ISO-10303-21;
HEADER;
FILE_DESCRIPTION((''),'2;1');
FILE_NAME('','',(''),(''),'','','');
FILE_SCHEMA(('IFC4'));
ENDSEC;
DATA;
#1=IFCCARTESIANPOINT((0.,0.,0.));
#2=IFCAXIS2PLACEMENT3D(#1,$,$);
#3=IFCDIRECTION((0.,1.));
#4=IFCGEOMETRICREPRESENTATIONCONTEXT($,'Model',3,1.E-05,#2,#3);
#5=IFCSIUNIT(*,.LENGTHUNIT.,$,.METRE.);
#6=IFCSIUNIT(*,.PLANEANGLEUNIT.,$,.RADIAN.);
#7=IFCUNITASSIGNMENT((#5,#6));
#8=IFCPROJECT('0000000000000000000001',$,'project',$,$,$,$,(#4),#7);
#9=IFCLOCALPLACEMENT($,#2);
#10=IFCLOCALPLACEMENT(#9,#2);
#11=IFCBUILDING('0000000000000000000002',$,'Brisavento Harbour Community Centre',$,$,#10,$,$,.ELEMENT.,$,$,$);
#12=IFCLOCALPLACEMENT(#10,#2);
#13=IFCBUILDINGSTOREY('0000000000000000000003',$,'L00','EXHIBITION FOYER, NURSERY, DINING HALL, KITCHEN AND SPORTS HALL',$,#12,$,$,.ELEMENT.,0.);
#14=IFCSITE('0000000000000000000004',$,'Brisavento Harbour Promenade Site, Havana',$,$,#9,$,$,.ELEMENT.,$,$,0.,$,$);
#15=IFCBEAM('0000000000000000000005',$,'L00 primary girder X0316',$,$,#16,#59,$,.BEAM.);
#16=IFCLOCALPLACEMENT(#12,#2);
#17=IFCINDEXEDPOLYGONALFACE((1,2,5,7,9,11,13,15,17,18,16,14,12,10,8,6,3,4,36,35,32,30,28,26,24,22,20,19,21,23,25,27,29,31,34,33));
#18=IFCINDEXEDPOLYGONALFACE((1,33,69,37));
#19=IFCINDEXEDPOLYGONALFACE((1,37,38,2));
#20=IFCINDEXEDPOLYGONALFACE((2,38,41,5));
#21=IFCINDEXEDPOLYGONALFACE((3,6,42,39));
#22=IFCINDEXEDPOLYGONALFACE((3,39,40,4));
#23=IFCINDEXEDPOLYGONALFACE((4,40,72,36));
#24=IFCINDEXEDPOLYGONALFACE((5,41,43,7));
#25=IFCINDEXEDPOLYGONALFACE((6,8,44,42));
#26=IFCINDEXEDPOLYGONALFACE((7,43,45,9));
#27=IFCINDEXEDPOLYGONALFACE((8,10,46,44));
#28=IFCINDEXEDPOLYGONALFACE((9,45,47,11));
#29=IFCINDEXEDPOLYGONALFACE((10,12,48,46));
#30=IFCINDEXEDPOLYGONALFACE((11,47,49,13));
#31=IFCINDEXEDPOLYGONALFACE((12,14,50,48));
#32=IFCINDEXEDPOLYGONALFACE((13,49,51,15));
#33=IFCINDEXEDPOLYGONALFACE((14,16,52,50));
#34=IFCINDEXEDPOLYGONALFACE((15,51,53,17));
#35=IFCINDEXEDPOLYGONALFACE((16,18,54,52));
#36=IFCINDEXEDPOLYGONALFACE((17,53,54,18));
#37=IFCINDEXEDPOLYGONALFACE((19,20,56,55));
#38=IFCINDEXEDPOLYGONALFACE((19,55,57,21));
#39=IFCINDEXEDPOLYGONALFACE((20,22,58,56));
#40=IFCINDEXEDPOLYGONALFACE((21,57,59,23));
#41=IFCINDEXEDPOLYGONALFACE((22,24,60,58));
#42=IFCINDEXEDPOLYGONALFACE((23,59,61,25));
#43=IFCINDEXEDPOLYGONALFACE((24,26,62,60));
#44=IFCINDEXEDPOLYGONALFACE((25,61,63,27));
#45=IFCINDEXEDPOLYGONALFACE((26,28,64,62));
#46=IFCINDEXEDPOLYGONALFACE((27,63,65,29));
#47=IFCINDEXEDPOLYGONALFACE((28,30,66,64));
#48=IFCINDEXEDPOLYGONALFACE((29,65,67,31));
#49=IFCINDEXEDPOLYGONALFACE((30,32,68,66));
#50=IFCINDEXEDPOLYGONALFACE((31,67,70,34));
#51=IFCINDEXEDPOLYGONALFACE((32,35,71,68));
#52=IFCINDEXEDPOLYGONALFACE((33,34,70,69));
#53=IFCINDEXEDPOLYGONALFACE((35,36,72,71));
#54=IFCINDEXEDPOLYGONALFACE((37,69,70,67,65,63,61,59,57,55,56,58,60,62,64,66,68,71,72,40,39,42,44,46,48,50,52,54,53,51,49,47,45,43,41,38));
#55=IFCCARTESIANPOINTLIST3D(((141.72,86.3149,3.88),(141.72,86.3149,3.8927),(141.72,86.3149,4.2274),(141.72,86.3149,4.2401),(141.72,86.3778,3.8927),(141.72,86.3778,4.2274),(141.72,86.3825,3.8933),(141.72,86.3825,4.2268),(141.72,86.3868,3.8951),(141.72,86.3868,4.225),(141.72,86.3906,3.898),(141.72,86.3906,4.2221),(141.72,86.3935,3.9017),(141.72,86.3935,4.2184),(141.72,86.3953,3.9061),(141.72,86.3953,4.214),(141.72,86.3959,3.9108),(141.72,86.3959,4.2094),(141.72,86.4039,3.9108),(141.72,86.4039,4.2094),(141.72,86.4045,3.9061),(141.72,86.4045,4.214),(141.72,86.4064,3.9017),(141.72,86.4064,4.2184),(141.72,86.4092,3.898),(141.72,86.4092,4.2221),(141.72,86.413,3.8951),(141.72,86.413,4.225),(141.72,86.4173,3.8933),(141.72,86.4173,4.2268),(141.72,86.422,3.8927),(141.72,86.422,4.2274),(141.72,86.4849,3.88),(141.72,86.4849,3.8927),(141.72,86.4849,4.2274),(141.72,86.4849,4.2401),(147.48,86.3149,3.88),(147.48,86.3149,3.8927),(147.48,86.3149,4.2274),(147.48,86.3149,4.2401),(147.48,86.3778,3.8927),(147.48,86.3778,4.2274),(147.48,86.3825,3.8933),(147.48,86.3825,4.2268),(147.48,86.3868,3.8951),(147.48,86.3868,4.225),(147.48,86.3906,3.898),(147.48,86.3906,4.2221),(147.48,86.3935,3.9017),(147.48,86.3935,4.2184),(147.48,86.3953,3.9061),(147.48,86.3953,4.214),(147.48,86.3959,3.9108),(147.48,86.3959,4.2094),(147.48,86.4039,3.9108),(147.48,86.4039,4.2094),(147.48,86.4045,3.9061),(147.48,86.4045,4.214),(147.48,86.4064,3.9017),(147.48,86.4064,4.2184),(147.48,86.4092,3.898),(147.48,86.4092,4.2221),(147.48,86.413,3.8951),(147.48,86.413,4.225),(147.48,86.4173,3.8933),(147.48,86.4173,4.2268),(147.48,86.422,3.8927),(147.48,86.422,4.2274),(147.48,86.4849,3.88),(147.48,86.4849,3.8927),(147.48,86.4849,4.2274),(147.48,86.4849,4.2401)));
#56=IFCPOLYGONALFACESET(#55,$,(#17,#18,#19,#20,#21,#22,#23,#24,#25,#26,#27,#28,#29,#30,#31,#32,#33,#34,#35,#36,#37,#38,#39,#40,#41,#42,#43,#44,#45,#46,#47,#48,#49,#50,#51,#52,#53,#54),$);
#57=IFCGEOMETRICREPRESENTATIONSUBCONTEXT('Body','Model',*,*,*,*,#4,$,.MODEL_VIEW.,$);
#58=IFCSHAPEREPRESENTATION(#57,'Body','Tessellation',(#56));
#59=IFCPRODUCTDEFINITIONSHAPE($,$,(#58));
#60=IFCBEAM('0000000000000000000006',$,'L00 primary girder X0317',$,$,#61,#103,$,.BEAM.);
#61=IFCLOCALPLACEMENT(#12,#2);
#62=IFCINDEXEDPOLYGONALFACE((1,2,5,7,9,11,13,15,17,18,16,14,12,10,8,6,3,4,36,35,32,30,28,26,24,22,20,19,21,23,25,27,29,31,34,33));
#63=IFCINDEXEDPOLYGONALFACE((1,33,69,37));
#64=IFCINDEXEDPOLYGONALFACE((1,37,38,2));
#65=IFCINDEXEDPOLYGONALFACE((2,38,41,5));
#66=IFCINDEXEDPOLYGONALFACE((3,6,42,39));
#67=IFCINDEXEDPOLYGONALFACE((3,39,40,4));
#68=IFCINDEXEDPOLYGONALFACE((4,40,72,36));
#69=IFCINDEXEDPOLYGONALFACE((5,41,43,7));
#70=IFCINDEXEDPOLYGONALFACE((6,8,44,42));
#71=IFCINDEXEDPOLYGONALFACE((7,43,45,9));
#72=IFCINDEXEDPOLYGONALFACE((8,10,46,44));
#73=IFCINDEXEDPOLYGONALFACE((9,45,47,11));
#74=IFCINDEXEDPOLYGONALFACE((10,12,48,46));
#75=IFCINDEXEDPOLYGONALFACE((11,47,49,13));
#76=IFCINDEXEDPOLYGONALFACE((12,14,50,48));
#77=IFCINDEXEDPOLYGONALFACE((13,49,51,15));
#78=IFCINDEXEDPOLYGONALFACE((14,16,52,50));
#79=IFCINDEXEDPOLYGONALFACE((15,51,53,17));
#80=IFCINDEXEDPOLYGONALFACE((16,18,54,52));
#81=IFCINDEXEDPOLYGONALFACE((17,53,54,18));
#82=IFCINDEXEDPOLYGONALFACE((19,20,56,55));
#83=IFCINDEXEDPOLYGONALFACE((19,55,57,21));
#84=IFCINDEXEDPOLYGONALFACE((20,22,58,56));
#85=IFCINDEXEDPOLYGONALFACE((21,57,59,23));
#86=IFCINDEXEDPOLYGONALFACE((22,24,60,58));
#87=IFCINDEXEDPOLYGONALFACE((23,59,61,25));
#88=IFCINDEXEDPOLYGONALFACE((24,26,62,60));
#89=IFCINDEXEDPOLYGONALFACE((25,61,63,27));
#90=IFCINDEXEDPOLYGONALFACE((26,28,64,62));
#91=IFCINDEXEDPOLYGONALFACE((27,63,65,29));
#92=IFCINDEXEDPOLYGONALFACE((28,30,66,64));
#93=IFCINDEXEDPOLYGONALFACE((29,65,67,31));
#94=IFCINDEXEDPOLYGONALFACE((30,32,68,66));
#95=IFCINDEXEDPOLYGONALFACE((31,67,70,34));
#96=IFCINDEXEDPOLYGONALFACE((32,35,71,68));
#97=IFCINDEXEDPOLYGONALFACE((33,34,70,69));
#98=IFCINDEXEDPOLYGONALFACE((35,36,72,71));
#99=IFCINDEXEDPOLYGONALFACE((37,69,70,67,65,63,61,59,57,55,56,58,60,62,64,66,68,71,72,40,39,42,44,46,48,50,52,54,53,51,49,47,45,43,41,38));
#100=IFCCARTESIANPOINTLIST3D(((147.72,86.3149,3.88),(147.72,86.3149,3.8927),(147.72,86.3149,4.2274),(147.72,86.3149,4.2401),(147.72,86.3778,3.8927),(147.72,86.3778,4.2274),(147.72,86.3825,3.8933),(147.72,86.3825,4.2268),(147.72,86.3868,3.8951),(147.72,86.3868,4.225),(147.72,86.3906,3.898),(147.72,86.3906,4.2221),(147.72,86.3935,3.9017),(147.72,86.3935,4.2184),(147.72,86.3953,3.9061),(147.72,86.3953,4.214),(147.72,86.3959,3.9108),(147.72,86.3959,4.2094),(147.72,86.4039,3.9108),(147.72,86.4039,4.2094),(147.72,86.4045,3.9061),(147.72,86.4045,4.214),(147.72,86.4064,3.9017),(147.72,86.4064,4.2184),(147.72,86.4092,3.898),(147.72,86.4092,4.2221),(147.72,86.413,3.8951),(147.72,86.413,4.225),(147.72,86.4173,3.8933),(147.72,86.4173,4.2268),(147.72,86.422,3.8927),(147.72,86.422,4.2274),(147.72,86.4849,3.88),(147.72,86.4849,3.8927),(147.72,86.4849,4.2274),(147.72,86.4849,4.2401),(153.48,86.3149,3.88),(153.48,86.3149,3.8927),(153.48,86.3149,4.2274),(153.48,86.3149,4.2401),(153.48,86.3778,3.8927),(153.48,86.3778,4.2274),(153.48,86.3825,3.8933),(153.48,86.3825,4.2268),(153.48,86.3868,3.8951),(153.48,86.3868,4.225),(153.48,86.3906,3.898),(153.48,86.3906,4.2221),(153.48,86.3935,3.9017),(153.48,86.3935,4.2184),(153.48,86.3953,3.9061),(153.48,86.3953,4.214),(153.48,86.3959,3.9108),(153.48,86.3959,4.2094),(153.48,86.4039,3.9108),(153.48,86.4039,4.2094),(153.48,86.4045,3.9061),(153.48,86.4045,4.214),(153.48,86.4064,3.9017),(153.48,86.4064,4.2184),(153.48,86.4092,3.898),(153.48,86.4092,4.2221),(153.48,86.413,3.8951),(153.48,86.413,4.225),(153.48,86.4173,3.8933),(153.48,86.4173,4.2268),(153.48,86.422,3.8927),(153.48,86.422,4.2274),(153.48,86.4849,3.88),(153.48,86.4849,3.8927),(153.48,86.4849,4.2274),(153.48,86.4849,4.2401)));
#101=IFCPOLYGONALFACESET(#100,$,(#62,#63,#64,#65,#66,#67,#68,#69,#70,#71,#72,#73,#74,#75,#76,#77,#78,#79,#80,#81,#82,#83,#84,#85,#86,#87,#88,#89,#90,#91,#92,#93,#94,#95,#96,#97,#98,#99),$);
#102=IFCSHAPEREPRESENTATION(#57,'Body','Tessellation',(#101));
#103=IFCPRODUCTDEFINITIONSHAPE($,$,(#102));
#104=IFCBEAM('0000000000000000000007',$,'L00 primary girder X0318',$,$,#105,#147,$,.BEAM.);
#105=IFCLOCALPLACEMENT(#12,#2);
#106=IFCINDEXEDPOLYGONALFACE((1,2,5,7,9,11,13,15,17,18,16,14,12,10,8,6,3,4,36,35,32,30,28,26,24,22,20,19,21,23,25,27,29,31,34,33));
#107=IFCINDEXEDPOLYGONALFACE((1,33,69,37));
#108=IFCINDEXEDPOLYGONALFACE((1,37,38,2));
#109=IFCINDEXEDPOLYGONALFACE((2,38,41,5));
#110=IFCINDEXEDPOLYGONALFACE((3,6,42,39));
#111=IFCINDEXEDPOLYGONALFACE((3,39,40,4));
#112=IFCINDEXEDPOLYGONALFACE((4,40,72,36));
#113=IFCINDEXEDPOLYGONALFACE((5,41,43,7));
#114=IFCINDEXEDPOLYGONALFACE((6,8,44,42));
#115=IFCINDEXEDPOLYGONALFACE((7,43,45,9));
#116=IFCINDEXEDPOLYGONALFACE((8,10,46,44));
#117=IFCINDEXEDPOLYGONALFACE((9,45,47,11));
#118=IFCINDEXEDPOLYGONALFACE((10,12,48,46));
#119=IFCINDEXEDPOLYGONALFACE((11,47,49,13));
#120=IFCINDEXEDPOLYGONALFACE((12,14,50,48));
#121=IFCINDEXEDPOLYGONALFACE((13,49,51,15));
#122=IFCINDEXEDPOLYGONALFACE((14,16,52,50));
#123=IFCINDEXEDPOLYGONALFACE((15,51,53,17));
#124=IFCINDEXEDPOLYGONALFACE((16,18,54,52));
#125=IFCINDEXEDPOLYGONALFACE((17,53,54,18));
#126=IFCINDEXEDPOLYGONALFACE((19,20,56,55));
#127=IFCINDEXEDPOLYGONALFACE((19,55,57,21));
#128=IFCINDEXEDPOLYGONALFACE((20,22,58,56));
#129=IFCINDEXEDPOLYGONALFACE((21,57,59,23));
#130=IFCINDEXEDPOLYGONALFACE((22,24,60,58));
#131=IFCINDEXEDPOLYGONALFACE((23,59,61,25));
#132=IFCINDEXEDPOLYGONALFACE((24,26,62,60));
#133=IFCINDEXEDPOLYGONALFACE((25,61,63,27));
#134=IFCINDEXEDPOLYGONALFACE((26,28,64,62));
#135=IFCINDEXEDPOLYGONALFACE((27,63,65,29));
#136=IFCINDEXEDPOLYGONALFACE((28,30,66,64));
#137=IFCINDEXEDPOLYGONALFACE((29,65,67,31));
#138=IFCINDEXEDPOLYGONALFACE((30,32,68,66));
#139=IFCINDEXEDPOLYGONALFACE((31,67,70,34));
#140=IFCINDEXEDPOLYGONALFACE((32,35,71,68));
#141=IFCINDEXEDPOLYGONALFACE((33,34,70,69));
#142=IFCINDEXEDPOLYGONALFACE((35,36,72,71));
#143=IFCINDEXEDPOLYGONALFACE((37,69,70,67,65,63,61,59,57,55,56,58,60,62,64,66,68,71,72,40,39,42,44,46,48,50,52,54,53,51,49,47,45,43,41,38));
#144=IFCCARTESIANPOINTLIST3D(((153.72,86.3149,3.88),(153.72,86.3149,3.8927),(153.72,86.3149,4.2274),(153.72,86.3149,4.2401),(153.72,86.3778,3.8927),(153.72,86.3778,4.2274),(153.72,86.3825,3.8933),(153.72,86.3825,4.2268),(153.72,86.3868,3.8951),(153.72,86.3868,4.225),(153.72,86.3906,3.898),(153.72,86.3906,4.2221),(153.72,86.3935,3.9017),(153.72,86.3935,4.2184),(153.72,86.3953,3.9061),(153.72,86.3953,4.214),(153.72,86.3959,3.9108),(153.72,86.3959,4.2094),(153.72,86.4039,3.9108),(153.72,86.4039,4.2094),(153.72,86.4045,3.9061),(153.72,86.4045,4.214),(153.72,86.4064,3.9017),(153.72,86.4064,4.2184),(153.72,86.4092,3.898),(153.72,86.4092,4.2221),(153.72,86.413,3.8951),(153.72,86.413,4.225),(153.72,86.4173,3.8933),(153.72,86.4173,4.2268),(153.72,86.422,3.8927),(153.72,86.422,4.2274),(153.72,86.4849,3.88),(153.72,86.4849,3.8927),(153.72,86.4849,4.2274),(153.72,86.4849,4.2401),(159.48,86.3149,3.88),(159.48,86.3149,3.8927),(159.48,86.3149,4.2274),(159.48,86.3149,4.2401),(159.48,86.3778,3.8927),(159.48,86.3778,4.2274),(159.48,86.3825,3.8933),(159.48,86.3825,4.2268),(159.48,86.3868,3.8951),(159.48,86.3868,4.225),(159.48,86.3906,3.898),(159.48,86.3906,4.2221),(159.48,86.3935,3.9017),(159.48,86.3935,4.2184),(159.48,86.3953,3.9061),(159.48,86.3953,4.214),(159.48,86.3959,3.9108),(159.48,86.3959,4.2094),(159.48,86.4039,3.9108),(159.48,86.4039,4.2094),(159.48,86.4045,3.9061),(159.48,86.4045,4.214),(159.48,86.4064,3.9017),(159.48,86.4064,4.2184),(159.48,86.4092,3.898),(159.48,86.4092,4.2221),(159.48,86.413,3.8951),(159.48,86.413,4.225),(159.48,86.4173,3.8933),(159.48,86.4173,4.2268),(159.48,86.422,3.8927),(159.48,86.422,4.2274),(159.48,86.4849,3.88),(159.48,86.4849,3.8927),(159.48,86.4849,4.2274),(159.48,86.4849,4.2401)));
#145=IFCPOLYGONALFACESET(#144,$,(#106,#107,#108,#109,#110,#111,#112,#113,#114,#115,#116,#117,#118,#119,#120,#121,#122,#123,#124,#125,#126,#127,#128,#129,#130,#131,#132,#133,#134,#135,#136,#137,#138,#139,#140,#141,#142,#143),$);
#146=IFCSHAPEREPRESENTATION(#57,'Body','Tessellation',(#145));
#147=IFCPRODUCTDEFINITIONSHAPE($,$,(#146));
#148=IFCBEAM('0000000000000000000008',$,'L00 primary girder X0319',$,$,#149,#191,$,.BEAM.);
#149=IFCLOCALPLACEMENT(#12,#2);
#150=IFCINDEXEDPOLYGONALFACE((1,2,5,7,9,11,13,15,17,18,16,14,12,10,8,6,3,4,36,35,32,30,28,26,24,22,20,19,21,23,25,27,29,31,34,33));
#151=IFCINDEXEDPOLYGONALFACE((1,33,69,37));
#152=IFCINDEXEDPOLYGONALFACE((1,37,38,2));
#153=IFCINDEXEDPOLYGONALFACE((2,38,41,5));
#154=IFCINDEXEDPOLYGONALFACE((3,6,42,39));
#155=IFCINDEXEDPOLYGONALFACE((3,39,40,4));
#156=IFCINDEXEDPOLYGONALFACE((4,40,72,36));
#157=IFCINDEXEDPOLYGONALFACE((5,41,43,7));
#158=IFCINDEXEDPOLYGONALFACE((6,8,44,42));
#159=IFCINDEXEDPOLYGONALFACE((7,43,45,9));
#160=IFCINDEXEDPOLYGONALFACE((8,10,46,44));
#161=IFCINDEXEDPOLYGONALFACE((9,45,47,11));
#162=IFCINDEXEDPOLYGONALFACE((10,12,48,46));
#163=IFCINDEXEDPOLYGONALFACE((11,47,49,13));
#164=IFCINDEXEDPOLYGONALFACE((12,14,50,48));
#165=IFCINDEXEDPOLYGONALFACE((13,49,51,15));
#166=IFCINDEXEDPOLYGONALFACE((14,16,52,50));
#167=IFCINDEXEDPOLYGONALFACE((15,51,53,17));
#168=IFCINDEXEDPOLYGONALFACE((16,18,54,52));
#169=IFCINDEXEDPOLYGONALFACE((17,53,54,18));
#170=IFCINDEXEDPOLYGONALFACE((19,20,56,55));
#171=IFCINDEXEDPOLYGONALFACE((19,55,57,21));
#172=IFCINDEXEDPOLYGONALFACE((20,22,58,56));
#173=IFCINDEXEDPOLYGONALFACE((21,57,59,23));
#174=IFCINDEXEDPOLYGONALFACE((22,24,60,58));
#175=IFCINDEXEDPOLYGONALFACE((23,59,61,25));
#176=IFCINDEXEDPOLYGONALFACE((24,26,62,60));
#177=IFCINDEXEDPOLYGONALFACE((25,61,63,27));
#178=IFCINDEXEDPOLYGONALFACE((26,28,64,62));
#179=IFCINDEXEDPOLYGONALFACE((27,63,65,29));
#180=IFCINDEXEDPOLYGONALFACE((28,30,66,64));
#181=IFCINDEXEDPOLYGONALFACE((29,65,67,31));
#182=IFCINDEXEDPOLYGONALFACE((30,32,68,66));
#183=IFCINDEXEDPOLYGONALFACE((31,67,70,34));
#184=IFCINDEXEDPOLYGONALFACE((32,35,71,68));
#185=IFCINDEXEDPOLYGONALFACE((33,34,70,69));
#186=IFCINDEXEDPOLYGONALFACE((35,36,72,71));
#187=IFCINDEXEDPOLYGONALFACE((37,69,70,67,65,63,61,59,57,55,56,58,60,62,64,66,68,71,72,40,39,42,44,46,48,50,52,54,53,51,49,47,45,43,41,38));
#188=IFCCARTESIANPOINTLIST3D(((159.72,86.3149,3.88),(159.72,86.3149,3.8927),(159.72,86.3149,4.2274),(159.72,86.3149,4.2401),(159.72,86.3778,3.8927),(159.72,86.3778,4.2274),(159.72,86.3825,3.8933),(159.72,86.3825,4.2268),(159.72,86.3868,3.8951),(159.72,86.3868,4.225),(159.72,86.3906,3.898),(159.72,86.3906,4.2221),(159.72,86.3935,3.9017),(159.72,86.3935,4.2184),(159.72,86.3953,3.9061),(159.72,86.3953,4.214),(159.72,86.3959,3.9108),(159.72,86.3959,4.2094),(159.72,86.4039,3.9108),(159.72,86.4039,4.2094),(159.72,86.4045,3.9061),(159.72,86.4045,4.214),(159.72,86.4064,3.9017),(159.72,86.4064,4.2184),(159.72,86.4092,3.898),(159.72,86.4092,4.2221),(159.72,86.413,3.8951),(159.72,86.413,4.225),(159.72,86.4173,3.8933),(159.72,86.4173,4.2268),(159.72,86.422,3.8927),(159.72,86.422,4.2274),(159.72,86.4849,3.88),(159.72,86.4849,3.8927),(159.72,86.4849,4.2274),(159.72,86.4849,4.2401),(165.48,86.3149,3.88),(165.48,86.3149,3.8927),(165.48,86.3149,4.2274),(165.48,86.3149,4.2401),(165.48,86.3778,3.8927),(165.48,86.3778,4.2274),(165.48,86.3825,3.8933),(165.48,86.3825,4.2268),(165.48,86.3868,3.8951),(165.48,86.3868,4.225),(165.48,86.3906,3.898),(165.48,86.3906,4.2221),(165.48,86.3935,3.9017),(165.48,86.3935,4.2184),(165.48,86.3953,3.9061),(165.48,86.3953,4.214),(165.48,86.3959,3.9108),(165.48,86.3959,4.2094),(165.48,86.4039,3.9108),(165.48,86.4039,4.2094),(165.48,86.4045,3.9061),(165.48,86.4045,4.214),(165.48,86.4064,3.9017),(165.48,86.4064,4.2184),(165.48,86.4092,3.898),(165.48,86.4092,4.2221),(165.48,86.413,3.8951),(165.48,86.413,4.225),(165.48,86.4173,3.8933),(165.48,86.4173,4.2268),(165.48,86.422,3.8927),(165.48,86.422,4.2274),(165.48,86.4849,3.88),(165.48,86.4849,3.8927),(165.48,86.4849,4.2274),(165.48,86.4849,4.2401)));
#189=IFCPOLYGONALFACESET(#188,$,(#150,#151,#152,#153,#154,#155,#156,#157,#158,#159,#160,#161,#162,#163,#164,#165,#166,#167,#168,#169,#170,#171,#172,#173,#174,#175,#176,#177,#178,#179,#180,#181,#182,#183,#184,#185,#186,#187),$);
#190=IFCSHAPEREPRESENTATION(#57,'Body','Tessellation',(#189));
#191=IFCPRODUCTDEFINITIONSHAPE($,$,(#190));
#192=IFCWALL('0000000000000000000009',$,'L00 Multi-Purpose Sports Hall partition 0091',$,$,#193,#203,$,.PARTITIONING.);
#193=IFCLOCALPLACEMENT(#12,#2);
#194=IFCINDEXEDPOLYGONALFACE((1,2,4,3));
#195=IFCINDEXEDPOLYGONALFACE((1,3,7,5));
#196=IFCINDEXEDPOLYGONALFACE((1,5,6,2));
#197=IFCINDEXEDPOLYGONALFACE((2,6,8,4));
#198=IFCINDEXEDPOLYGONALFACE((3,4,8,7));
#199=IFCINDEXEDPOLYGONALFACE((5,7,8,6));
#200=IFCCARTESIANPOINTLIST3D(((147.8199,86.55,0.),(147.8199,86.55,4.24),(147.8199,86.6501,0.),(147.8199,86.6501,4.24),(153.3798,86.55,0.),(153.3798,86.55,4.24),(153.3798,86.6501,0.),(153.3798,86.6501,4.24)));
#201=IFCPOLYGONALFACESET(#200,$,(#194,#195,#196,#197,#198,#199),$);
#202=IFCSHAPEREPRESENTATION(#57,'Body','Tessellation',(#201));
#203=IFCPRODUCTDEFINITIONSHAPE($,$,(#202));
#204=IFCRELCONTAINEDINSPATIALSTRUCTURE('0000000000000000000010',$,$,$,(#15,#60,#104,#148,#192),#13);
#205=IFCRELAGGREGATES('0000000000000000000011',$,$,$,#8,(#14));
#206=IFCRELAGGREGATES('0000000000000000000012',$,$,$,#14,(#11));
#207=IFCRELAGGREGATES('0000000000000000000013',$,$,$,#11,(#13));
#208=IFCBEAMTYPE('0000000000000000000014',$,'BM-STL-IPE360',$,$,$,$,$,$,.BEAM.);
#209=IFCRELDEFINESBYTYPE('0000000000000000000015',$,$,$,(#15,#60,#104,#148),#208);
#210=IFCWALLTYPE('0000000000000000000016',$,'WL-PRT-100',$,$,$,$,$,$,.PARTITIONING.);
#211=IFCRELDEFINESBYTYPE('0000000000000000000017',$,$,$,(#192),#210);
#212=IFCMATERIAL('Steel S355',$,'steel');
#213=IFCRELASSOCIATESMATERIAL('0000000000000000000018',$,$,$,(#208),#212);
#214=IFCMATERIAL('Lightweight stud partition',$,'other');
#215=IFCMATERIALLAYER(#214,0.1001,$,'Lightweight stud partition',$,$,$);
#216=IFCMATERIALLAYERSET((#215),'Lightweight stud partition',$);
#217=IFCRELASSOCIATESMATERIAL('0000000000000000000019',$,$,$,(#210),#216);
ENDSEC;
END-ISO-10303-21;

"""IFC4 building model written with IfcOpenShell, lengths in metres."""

from ifc_helpers import new_model, si_unit, direction, frame, frame_2d, origin, origin_2d, place, context, subcontext, project, spatial, rectangle, i_section, extrude, material, layer, layer_set, material_profile, profile_set, type_object, element, save


model = new_model("IFC4")

# Units and contexts
model_context = context("Model", 3, precision=1e-05, world=origin(), true_north=direction((0.0, 1.0)))
body_context = subcontext(model_context, "Body", "Model", "MODEL_VIEW")
ifc_project = project(units=[si_unit("LENGTHUNIT", "METRE"), si_unit("PLANEANGLEUNIT", "RADIAN")], contexts=[model_context])

# Site, building, storey
site_placement = place(None, origin())
site = spatial("IfcSite", under=ifc_project, at=site_placement, Name="Brisavento Harbour Promenade Site, Havana", CompositionType="ELEMENT", RefElevation=0.0)
building_placement = place(site_placement, origin())
building = spatial("IfcBuilding", under=site, at=building_placement, Name="Brisavento Harbour Community Centre", CompositionType="ELEMENT")
storey_placement = place(building_placement, origin())
storey = spatial("IfcBuildingStorey", under=building, at=storey_placement, Name="L00", Description="EXHIBITION FOYER, NURSERY, DINING HALL, KITCHEN AND SPORTS HALL", CompositionType="ELEMENT", Elevation=0.0)

# Shared definitions
ifc_material_1 = material(Name="Steel S355", Category="steel")

# Beams
ifc_material_profile_1 = material_profile(ifc_material_1, i_section(OverallWidth=0.1699, OverallDepth=0.3601, WebThickness=0.0081, FlangeThickness=0.0127, FilletRadius=0.0181, at=origin_2d()), Name="Steel S355")
ifc_profile_set_1 = profile_set([ifc_material_profile_1], Name="Steel S355")
beam_type_1 = type_object("IfcBeamType", Name="BM-STL-IPE360", PredefinedType="BEAM", material=ifc_profile_set_1)
for number, where, z_axis, x_axis, name in (
    (1, (141.72, 86.3999, 4.0601), (1.0, 0.0, 0.0), (0.0, 1.0, 0.0), "L00 primary girder X0316"),
    (2, (147.72, 86.3999, 4.0601), (1.0, 0.0, 0.0), (0.0, 1.0, 0.0), "L00 primary girder X0317"),
    (3, (153.72, 86.3999, 4.0601), (1.0, 0.0, 0.0), (0.0, 1.0, 0.0), "L00 primary girder X0318"),
    (4, (159.72, 86.3999, 4.0601), (1.0, 0.0, 0.0), (0.0, 1.0, 0.0), "L00 primary girder X0319"),
):
    element("IfcBeam", number, at=place(storey_placement, frame(where, z_axis=z_axis, x_axis=x_axis)), inside=storey, type_object=beam_type_1, Name=name, PredefinedType="BEAM", context=body_context, shape_type="SweptSolid", body=[
        extrude(i_section(OverallWidth=0.1699, OverallDepth=0.3601, WebThickness=0.0081, FlangeThickness=0.0127, FilletRadius=0.0181, at=origin_2d()), origin(), (0.0, 0.0, 1.0), 5.76),
    ])

# Wall
ifc_material_2 = material(Name="Lightweight stud partition", Category="other")
ifc_layer_1 = layer(ifc_material_2, 0.1001, Name="Lightweight stud partition")
ifc_layer_set_1 = layer_set([ifc_layer_1], Name="Lightweight stud partition")
wall_type_1 = type_object("IfcWallType", Name="WL-PRT-100", PredefinedType="PARTITIONING", material=ifc_layer_set_1)
wall_1_placement = place(storey_placement, frame((147.8201, 86.6001, 0.0), z_axis=(0.0, 0.0, 1.0), x_axis=(1.0, 0.0, 0.0)))
element("IfcWall", 5, at=wall_1_placement, inside=storey, type_object=wall_type_1, Name="L00 Multi-Purpose Sports Hall partition 0091", PredefinedType="PARTITIONING", context=body_context, shape_type="SweptSolid", body=[
    extrude(rectangle(XDim=5.5598, YDim=0.1001, at=frame_2d((2.7798, 0.0))), origin(), (0.0, 0.0, 1.0), 4.24),
])

save(model, "model.ifc")
